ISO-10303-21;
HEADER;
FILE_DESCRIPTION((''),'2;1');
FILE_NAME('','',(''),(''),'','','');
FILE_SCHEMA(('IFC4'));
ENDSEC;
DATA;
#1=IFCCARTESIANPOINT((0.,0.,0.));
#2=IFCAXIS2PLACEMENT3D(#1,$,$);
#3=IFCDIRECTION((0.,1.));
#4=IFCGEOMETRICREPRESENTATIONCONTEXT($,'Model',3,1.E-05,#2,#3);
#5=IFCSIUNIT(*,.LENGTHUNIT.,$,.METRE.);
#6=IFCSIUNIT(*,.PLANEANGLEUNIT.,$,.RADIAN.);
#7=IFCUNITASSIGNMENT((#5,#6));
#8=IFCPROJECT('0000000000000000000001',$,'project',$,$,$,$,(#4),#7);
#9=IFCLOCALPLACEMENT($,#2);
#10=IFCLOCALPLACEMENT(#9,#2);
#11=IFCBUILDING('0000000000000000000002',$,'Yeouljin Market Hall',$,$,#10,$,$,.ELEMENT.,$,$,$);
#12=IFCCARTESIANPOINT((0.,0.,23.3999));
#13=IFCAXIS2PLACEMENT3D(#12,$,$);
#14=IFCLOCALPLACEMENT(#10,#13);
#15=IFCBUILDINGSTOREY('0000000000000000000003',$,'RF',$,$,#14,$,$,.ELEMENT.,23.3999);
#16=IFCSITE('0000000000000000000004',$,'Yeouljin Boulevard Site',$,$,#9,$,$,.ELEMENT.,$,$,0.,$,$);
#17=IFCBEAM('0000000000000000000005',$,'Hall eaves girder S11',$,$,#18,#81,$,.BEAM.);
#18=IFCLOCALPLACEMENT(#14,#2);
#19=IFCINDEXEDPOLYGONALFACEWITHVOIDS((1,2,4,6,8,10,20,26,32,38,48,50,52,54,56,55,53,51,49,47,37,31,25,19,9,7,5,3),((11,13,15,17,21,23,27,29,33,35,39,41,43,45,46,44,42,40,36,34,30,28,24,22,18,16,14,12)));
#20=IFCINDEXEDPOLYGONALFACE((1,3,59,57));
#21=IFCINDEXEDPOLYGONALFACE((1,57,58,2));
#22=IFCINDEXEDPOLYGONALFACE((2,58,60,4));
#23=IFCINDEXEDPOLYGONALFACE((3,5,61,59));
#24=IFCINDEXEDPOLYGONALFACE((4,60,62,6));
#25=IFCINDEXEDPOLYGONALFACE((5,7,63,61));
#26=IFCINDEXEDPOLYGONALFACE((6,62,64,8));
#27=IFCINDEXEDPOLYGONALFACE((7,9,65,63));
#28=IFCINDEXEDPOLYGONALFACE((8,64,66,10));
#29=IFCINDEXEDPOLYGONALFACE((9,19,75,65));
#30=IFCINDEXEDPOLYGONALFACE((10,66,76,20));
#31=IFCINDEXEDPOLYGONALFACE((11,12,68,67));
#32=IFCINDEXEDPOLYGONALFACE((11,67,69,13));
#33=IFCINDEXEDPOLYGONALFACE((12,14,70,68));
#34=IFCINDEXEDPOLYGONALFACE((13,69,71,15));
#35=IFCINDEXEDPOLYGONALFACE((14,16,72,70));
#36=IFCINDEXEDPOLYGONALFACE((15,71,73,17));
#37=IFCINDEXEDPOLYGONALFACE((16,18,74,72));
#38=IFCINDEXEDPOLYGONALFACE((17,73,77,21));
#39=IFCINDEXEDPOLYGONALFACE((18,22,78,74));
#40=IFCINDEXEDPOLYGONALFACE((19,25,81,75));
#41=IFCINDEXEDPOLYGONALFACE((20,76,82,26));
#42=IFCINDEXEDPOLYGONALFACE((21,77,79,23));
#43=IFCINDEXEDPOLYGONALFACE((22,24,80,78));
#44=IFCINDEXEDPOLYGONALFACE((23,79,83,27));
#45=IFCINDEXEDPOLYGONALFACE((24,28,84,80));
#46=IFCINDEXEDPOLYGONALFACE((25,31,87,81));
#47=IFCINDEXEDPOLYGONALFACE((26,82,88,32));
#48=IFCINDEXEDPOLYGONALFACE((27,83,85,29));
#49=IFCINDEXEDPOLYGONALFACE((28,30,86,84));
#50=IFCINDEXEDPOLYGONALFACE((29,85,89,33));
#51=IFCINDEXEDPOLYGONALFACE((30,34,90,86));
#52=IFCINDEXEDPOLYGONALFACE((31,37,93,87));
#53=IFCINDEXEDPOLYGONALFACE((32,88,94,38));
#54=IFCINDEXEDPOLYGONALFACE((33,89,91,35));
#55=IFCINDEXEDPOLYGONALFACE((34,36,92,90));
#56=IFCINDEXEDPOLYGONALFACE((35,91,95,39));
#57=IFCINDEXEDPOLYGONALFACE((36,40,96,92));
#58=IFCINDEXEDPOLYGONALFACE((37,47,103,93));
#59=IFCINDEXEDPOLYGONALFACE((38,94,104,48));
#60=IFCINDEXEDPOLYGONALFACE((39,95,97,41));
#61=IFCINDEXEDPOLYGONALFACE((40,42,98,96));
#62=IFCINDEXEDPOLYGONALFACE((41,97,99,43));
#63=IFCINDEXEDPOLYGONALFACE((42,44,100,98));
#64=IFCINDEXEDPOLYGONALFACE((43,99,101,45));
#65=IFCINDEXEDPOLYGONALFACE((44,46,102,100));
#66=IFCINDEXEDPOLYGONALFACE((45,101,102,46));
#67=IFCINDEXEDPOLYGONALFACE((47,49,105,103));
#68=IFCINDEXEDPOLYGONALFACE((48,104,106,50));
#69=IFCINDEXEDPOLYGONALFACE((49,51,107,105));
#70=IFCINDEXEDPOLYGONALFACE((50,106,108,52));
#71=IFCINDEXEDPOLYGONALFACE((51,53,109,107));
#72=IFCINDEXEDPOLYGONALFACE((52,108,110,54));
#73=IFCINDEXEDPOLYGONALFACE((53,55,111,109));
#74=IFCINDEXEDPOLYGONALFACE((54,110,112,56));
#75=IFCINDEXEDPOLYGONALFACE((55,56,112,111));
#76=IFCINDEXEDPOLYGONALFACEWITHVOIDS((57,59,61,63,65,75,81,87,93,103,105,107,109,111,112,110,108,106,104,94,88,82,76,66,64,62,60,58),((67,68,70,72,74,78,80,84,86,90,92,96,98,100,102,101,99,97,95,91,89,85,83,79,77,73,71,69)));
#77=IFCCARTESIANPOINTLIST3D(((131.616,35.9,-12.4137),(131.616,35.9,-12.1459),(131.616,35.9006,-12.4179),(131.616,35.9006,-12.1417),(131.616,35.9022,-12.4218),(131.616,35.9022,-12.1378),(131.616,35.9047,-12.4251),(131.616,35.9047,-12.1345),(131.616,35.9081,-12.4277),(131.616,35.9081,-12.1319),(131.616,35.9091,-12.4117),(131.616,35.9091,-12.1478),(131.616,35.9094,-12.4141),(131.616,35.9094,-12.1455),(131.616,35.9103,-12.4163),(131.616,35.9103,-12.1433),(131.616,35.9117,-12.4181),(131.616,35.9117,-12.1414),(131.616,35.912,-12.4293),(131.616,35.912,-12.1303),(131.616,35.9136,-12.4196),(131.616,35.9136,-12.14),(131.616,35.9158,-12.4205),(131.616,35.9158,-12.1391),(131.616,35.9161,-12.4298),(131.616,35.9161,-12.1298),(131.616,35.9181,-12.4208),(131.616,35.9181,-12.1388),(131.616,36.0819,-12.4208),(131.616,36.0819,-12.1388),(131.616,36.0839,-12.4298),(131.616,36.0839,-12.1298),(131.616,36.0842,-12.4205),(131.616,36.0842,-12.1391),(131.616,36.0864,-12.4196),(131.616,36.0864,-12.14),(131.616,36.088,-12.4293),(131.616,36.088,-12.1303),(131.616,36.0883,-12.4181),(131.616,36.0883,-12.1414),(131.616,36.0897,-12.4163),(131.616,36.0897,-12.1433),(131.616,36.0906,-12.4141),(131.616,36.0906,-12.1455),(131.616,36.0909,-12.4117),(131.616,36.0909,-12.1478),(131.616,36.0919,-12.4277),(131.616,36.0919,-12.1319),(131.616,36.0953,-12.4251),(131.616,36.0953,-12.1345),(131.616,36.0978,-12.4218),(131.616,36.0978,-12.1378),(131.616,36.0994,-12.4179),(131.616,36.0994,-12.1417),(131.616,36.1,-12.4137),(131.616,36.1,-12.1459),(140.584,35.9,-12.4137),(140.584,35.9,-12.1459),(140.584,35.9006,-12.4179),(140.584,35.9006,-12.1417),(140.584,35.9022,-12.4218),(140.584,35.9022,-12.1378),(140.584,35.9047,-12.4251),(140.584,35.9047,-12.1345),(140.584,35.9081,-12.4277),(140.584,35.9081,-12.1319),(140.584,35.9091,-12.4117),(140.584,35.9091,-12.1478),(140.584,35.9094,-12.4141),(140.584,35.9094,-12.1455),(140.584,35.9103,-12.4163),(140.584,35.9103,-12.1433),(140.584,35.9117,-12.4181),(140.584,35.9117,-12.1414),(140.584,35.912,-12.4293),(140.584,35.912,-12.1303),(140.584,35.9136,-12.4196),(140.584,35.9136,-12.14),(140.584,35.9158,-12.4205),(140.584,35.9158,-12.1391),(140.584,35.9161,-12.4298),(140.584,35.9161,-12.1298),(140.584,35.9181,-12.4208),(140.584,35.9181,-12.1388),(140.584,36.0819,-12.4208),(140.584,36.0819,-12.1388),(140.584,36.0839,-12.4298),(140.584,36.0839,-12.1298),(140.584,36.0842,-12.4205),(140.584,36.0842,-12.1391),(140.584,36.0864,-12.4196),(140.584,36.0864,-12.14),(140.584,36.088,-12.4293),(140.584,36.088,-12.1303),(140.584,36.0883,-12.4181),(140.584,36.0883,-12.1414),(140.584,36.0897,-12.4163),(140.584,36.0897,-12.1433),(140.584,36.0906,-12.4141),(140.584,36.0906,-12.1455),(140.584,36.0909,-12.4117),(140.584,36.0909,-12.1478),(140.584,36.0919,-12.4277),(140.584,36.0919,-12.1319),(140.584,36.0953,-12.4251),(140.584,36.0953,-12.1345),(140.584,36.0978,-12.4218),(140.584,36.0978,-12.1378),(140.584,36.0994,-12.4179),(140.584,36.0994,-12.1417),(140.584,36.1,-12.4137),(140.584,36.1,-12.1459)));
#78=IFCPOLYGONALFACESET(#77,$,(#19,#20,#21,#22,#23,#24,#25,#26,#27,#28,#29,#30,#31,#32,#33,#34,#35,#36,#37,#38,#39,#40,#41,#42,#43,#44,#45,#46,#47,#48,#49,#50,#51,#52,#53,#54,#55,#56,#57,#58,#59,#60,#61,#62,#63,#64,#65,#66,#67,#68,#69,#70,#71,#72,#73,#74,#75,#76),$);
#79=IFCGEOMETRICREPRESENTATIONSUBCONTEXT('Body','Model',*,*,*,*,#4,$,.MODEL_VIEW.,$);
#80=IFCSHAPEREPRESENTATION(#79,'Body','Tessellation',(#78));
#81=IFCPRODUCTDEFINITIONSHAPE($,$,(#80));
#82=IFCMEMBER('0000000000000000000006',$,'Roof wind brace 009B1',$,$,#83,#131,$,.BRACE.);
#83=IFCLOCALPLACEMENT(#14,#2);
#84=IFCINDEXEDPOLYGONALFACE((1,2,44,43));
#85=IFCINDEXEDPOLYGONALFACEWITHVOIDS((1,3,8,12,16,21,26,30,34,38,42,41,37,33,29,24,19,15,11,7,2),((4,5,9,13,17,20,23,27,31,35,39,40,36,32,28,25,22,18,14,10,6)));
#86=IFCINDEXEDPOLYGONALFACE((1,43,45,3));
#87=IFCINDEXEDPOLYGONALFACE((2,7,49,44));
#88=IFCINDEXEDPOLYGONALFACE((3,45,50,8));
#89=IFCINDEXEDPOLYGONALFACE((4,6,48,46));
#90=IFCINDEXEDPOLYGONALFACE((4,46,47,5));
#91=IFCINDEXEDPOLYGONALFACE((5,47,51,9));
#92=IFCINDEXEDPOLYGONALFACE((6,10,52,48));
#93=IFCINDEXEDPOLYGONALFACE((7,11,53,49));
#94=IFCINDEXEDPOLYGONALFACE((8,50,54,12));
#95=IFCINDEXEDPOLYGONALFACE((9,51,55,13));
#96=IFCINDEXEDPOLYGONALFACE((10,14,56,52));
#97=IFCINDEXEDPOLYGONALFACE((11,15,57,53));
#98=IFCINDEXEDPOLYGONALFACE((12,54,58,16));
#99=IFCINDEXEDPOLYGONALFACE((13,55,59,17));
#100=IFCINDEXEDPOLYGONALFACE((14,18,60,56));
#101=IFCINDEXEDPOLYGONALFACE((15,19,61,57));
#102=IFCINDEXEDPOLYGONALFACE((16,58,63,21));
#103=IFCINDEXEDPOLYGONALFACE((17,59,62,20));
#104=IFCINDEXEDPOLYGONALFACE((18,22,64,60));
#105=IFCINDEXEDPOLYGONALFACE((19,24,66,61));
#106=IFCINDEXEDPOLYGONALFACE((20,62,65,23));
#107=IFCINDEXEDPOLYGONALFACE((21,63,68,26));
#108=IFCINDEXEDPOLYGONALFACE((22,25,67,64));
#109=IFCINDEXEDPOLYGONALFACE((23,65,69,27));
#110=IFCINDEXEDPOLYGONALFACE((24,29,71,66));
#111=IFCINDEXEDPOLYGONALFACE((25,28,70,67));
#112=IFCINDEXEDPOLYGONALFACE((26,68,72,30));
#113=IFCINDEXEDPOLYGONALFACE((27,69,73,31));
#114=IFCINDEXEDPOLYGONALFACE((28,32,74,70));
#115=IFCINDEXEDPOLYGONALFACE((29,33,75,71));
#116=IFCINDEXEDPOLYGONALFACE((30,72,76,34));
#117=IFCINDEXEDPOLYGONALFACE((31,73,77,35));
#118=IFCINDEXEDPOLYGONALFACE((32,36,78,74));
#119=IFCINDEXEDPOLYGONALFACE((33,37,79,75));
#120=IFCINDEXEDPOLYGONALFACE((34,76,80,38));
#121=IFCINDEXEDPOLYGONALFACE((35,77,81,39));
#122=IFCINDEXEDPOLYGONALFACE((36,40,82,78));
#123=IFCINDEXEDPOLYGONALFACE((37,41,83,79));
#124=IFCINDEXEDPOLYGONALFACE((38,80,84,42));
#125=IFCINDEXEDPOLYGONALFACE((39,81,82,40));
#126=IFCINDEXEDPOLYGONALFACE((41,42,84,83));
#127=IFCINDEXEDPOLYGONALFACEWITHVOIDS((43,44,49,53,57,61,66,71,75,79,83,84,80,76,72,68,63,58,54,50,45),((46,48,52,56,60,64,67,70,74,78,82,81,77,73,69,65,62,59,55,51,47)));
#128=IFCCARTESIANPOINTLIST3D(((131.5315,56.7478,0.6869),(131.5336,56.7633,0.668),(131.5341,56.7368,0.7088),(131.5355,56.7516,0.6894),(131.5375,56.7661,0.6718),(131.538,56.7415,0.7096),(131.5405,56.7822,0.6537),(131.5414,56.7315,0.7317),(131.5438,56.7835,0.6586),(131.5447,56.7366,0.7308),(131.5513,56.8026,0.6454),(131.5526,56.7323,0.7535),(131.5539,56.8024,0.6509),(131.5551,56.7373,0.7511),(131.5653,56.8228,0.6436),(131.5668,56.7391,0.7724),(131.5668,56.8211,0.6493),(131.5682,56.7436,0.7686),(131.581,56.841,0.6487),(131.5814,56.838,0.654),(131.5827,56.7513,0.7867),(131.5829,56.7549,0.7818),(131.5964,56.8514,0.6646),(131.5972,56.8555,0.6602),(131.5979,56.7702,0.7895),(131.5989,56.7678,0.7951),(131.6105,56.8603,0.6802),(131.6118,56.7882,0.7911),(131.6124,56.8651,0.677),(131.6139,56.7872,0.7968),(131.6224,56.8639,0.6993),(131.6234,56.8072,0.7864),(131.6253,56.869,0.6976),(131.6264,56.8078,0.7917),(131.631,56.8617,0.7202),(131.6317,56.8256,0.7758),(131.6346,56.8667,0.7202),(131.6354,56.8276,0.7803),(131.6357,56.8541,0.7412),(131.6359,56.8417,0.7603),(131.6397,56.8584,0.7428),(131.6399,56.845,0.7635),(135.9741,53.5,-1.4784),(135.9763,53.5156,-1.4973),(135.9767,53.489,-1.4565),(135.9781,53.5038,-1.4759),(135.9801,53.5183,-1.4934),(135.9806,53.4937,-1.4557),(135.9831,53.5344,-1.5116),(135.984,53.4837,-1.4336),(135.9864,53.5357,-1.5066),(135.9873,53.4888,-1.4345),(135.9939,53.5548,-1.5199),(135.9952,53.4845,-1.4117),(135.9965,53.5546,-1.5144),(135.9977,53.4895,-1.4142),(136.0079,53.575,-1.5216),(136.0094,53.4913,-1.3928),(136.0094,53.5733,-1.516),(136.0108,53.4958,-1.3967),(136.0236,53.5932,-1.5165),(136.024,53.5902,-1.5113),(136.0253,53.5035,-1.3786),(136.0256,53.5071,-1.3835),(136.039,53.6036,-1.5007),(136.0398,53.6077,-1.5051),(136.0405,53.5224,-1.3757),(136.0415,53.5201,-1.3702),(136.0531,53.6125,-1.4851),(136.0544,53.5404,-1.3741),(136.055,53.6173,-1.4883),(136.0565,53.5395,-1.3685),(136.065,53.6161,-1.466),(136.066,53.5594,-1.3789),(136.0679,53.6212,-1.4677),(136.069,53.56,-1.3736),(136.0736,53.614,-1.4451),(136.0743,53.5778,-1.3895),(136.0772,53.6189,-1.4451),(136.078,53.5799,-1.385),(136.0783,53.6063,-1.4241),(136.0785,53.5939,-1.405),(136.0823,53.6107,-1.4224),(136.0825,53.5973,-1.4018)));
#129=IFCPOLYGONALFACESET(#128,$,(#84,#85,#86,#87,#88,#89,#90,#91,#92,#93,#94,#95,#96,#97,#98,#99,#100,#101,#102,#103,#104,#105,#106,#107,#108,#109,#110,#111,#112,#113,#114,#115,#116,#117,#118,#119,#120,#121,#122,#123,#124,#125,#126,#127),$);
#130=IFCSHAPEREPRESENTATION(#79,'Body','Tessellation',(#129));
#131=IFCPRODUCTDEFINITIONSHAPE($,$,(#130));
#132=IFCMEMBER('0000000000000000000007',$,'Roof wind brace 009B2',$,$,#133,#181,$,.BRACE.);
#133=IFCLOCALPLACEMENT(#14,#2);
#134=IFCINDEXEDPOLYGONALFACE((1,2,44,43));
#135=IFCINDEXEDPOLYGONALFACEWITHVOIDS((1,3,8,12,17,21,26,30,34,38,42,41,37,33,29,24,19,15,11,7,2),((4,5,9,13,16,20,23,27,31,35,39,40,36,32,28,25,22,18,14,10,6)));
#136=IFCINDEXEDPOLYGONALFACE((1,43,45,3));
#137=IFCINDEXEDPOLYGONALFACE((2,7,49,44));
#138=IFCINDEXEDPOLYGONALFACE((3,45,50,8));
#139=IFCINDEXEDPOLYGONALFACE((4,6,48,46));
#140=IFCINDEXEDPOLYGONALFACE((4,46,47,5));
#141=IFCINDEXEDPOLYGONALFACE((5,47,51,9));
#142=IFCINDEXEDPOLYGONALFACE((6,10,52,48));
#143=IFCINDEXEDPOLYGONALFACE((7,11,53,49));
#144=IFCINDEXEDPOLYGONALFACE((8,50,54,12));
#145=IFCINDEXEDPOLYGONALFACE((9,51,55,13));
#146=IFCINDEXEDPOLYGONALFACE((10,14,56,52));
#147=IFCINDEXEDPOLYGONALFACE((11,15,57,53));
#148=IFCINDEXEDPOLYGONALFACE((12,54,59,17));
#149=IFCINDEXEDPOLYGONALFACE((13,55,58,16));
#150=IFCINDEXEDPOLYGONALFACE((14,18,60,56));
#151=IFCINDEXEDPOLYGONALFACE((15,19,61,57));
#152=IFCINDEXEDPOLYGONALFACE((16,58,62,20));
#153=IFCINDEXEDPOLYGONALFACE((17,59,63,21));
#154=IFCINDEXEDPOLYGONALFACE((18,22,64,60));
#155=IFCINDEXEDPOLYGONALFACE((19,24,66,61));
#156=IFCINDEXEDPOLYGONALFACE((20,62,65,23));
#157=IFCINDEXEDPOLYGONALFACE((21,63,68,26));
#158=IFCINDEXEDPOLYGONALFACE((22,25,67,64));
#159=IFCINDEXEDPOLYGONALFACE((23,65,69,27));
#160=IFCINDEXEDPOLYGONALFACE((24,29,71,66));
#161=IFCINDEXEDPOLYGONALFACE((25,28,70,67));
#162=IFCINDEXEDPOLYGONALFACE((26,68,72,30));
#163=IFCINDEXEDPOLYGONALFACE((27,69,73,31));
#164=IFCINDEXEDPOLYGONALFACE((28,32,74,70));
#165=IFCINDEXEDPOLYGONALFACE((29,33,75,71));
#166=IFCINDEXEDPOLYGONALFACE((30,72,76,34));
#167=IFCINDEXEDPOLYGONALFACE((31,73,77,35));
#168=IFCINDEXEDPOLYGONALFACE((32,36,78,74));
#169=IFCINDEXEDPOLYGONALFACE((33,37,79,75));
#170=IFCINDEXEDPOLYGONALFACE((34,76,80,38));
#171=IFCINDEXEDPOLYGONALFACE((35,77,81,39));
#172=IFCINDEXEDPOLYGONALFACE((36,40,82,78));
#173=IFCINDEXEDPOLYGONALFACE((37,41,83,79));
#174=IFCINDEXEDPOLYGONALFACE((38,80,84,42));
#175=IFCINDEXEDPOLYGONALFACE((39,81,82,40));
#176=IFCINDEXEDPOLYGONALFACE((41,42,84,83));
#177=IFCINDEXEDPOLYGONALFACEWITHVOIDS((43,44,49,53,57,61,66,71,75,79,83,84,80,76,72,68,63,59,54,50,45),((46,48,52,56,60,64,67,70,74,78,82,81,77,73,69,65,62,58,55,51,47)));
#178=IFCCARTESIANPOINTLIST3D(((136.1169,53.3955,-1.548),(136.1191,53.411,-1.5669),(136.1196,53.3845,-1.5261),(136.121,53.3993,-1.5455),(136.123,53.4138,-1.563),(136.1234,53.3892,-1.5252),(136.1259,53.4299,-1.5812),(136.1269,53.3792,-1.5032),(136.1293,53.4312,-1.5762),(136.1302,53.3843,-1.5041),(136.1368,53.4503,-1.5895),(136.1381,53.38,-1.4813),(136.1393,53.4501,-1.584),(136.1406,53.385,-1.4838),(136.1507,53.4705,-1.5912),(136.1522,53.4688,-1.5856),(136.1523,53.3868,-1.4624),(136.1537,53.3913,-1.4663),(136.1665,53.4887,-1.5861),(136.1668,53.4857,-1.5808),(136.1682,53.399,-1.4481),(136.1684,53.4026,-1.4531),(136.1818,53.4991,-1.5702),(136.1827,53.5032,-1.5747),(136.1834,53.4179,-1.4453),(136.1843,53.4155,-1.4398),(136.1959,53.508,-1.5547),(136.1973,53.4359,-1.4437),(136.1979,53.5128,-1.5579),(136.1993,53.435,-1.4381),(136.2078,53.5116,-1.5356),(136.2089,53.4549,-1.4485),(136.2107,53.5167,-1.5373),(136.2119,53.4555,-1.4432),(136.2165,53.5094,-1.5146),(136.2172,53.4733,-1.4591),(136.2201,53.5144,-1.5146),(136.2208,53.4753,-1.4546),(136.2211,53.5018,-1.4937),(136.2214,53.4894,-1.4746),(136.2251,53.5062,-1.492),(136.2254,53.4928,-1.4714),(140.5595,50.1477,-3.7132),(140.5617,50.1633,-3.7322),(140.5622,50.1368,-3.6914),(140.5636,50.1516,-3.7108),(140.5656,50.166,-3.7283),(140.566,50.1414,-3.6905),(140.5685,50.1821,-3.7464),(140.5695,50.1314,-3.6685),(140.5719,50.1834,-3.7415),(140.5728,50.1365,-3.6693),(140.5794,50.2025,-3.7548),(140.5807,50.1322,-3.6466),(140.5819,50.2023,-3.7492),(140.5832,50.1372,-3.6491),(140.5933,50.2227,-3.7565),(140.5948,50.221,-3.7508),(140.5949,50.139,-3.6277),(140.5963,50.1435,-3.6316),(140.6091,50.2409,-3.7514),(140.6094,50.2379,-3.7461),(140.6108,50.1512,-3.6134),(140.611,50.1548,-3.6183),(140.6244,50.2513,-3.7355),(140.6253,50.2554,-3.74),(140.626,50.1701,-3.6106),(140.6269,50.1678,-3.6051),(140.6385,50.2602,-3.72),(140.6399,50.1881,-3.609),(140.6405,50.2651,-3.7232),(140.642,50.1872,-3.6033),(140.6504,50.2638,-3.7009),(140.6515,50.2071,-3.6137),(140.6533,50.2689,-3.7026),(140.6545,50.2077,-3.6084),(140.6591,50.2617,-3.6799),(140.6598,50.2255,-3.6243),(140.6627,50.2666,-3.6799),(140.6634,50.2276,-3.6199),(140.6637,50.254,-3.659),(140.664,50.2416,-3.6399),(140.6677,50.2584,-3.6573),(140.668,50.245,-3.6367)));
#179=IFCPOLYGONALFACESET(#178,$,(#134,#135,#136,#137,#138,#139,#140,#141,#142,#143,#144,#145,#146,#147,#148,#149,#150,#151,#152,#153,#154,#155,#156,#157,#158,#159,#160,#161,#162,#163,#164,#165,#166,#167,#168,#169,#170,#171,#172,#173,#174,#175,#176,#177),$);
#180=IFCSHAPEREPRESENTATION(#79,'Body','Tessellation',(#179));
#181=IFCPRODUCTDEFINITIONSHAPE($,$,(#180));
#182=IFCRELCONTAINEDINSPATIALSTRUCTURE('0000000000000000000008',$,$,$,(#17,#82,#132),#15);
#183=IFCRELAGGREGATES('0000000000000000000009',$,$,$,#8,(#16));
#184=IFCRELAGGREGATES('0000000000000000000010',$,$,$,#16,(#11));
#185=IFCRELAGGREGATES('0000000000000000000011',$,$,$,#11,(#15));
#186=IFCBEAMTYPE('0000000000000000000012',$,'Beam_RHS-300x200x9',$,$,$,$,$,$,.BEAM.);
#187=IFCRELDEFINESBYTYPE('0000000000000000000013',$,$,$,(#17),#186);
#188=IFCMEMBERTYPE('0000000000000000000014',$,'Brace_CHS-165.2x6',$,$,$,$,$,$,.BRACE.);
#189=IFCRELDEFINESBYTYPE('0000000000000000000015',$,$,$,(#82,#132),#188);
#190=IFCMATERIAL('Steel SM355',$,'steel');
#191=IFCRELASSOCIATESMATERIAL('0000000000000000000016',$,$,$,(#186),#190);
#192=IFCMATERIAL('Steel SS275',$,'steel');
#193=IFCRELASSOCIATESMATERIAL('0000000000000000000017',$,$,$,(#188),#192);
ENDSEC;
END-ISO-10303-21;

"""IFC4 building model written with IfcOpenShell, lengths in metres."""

from ifc_helpers import new_model, si_unit, direction, frame, origin, origin_2d, place, context, subcontext, project, spatial, hollow_rectangle, hollow_circle, extrude, material, material_profile, profile_set, type_object, element, save


model = new_model("IFC4")

# Units and contexts
model_context = context("Model", 3, precision=1e-05, world=origin(), true_north=direction((0.0, 1.0)))
body_context = subcontext(model_context, "Body", "Model", "MODEL_VIEW")
ifc_project = project(units=[si_unit("LENGTHUNIT", "METRE"), si_unit("PLANEANGLEUNIT", "RADIAN")], contexts=[model_context])

# Site, building, storey
site_placement = place(None, origin())
site = spatial("IfcSite", under=ifc_project, at=site_placement, Name="Yeouljin Boulevard Site", CompositionType="ELEMENT", RefElevation=0.0)
building_placement = place(site_placement, origin())
building = spatial("IfcBuilding", under=site, at=building_placement, Name="Yeouljin Market Hall", CompositionType="ELEMENT")
storey_placement = place(building_placement, frame((0.0, 0.0, 23.3999)))
storey = spatial("IfcBuildingStorey", under=building, at=storey_placement, Name="RF", CompositionType="ELEMENT", Elevation=23.3999)

# Beam
ifc_material_1 = material(Name="Steel SM355", Category="steel")
ifc_material_profile_1 = material_profile(ifc_material_1, hollow_rectangle(XDim=0.2, YDim=0.3, WallThickness=0.009, InnerFilletRadius=0.009, OuterFilletRadius=0.0161, at=origin_2d()), Name="RHS-300x200x9")
ifc_profile_set_1 = profile_set([ifc_material_profile_1], Name="Steel SM355")
beam_type_1 = type_object("IfcBeamType", Name="Beam_RHS-300x200x9", PredefinedType="BEAM", material=ifc_profile_set_1)
beam_1_placement = place(storey_placement, frame((131.616, 36.0, -12.2798), z_axis=(1.0, 0.0, 0.0), x_axis=(0.0, 1.0, 0.0)))
element("IfcBeam", 1, at=beam_1_placement, inside=storey, type_object=beam_type_1, Name="Hall eaves girder S11", PredefinedType="BEAM", context=body_context, shape_type="SweptSolid", body=[
    extrude(hollow_rectangle(XDim=0.2, YDim=0.3, WallThickness=0.009, InnerFilletRadius=0.009, OuterFilletRadius=0.0161, at=origin_2d()), origin(), (0.0, 0.0, 1.0), 8.968),
])

# Members
ifc_material_2 = material(Name="Steel SS275", Category="steel")
ifc_material_profile_2 = material_profile(ifc_material_2, hollow_circle(Radius=0.0825, WallThickness=0.0061, at=origin_2d()), Name="CHS-165.2x6")
ifc_profile_set_2 = profile_set([ifc_material_profile_2], Name="Steel SS275")
member_type_1 = type_object("IfcMemberType", Name="Brace_CHS-165.2x6", PredefinedType="BRACE", material=ifc_profile_set_2)
for number, where, z_axis, x_axis, name in (
    (2, (131.5859, 56.8, 0.7202), (0.751224, -0.549186, -0.366138), (0.590167, 0.807281, 0.0), "Roof wind brace 009B1"),
    (3, (136.1714, 53.4478, -1.5146), (0.751224, -0.549186, -0.366138), (0.590167, 0.807281, 0.0), "Roof wind brace 009B2"),
):
    element("IfcMember", number, at=place(storey_placement, frame(where, z_axis=z_axis, x_axis=x_axis)), inside=storey, type_object=member_type_1, Name=name, PredefinedType="BRACE", context=body_context, shape_type="SweptSolid", body=[
        extrude(hollow_circle(Radius=0.0825, WallThickness=0.0061, at=origin_2d()), origin(), (0.0, 0.0, 1.0), 5.9138),
    ])

save(model, "model.ifc")
